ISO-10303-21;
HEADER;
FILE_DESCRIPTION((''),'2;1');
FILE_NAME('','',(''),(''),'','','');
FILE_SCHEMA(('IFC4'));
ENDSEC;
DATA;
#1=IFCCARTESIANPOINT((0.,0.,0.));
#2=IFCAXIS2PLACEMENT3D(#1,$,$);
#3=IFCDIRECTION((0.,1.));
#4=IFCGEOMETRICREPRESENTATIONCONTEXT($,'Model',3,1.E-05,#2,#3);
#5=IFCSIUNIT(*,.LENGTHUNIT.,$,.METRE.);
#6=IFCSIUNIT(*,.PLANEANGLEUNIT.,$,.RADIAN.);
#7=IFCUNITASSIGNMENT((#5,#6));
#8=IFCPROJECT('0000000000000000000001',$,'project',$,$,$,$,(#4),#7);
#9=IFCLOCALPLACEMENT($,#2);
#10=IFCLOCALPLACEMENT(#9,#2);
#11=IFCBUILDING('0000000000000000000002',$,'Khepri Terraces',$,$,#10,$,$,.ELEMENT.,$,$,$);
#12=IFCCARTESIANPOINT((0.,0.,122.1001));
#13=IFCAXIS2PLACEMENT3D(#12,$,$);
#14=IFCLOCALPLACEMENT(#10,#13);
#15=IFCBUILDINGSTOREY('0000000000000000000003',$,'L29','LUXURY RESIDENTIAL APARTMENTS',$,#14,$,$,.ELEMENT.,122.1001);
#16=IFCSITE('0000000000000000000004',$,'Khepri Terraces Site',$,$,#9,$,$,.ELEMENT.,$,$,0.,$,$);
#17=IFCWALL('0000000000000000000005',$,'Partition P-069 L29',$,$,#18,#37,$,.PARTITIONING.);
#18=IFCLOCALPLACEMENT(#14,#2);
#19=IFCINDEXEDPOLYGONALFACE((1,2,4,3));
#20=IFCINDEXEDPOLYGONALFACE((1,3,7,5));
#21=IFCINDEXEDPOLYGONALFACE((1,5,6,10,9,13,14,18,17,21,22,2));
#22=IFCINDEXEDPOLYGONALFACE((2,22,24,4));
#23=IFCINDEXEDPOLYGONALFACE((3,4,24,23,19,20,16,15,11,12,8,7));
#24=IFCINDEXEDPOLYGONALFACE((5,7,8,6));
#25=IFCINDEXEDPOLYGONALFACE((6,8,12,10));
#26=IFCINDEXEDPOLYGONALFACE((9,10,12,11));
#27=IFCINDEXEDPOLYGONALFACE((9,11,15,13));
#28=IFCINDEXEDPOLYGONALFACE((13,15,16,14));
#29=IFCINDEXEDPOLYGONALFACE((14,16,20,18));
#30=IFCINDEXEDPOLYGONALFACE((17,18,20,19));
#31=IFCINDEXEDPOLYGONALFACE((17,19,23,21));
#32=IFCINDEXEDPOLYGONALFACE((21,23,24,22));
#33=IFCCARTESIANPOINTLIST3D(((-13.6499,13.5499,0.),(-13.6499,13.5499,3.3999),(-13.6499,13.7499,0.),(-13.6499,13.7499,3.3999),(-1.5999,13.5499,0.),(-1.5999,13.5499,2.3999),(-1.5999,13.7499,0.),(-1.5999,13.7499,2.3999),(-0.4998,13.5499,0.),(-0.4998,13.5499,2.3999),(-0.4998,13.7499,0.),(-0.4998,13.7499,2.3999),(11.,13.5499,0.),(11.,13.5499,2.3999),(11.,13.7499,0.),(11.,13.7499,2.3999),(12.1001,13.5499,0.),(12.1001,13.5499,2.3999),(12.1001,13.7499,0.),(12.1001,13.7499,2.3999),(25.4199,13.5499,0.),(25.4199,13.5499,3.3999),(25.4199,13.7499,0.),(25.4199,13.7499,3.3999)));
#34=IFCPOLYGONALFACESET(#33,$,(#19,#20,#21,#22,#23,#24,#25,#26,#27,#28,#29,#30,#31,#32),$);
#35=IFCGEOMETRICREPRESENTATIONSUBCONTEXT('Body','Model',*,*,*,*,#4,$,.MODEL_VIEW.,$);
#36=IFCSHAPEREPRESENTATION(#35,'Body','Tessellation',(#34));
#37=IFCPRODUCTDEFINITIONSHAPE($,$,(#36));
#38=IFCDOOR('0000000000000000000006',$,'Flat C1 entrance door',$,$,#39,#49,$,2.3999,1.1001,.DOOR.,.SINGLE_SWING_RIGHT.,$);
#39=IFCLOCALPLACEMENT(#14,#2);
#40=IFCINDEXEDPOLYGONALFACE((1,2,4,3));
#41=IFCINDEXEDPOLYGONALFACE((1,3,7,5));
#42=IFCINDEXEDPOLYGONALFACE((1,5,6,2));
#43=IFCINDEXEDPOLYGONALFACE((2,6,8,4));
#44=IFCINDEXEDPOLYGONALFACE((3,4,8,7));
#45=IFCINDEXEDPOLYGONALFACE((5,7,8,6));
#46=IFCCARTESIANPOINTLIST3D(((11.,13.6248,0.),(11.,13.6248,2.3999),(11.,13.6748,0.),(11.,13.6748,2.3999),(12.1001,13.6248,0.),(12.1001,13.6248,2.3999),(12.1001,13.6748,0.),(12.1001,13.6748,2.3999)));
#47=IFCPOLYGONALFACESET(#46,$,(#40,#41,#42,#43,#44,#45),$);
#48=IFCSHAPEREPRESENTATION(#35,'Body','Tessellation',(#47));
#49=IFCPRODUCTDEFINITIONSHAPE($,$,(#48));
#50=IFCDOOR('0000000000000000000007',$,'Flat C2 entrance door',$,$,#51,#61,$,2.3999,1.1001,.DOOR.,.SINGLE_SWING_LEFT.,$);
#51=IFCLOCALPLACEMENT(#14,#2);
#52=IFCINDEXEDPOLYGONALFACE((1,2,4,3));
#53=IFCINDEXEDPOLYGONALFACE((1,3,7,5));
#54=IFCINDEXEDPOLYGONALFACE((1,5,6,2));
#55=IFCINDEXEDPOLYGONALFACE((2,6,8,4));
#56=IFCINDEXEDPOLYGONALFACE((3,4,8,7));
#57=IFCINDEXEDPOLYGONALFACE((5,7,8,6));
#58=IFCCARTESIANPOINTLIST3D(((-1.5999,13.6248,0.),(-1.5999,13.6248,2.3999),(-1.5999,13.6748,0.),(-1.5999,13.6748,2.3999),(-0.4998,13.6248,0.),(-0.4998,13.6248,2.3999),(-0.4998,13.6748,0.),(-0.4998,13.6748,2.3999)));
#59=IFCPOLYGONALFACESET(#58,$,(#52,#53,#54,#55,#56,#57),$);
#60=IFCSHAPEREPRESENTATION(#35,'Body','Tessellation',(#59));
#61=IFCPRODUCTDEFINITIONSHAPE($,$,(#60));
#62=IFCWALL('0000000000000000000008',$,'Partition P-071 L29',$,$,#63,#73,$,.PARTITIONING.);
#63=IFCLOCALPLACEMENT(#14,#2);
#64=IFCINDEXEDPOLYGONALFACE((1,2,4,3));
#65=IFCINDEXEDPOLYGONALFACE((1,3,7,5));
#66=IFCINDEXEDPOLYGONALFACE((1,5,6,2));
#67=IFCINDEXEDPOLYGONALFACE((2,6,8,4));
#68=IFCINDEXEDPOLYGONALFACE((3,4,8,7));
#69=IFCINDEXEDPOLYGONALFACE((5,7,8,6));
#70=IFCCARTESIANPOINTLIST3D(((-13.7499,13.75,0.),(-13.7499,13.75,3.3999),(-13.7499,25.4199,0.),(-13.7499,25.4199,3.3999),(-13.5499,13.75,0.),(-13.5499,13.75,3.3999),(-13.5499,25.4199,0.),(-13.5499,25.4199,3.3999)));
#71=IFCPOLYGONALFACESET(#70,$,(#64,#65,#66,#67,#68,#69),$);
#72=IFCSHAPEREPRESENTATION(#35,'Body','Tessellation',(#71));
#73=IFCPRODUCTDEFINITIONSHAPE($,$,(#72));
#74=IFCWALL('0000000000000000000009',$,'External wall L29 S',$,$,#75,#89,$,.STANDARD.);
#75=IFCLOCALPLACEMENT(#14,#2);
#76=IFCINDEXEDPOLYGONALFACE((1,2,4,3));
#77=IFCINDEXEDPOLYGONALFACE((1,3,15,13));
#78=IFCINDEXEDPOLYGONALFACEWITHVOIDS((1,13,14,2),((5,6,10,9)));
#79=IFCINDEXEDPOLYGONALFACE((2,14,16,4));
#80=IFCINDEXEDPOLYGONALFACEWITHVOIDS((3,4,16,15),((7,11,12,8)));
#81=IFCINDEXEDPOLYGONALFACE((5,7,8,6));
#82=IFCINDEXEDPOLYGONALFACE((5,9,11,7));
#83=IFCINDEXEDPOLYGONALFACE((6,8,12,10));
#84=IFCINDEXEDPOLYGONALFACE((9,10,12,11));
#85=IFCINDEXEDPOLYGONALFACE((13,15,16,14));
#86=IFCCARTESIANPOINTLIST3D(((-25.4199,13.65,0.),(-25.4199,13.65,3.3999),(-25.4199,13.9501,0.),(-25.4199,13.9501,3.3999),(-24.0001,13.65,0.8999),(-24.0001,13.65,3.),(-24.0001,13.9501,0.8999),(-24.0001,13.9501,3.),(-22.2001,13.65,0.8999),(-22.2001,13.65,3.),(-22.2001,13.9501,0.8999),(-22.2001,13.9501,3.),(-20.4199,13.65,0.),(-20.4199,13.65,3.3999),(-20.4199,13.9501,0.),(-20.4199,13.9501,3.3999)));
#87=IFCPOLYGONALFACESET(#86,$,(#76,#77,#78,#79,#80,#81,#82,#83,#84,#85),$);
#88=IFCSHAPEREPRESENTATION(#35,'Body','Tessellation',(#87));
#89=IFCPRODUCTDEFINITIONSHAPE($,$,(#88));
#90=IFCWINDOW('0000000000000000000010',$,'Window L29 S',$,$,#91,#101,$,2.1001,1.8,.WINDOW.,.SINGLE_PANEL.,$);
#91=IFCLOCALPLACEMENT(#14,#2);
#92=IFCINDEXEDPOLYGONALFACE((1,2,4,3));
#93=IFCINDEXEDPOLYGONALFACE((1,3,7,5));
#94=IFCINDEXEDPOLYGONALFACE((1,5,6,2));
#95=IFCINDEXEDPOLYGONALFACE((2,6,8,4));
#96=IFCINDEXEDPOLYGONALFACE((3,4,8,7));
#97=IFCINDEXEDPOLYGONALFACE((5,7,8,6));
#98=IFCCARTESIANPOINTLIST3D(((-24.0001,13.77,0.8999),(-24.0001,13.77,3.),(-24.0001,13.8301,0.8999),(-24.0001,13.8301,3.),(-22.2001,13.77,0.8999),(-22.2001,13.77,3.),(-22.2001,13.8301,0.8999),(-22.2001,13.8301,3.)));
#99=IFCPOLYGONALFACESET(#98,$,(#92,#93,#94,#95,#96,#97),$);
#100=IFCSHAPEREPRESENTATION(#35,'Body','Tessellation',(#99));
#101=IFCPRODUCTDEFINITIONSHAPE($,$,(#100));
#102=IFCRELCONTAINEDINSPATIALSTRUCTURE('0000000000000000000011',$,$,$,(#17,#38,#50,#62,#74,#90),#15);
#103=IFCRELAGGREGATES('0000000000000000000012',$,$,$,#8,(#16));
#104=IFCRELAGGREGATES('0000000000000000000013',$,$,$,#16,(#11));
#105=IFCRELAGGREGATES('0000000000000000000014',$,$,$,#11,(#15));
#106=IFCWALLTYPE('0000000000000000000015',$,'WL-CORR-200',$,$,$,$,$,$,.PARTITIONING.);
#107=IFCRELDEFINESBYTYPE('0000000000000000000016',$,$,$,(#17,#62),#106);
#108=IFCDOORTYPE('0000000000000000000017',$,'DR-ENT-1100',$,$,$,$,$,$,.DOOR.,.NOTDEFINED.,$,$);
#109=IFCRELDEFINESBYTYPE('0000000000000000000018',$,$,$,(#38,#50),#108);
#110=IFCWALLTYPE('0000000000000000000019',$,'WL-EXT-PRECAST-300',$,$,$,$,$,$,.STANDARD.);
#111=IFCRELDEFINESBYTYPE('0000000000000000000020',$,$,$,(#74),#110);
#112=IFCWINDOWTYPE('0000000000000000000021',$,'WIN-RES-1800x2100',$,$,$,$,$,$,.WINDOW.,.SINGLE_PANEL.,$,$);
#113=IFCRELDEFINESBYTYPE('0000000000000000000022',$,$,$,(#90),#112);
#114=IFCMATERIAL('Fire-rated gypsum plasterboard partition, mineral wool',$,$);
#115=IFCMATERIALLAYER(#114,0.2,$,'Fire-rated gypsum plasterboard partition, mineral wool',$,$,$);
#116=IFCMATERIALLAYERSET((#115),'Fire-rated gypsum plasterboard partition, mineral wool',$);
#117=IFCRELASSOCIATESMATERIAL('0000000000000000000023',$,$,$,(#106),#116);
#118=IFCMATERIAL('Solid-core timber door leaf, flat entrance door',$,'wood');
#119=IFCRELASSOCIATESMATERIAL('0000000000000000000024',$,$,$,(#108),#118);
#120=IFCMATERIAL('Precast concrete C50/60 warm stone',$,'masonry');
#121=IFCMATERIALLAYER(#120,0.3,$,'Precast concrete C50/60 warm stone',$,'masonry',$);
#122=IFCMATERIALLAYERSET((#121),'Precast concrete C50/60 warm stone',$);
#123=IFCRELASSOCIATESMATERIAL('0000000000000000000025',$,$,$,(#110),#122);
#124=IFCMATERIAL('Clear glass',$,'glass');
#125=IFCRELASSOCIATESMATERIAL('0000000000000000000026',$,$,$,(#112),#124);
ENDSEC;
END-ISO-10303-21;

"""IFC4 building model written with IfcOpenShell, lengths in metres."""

from ifc_helpers import new_model, si_unit, direction, frame, frame_2d, origin, place, context, subcontext, project, spatial, rectangle, extrude, material, layer, layer_set, type_object, element, fill, save


model = new_model("IFC4")

# Units and contexts
model_context = context("Model", 3, precision=1e-05, world=origin(), true_north=direction((0.0, 1.0)))
body_context = subcontext(model_context, "Body", "Model", "MODEL_VIEW")
ifc_project = project(units=[si_unit("LENGTHUNIT", "METRE"), si_unit("PLANEANGLEUNIT", "RADIAN")], contexts=[model_context])

# Site, building, storey
site_placement = place(None, origin())
site = spatial("IfcSite", under=ifc_project, at=site_placement, Name="Khepri Terraces Site", CompositionType="ELEMENT", RefElevation=0.0)
building_placement = place(site_placement, origin())
building = spatial("IfcBuilding", under=site, at=building_placement, Name="Khepri Terraces", CompositionType="ELEMENT")
storey_placement = place(building_placement, frame((0.0, 0.0, 122.1001)))
storey = spatial("IfcBuildingStorey", under=building, at=storey_placement, Name="L29", Description="LUXURY RESIDENTIAL APARTMENTS", CompositionType="ELEMENT", Elevation=122.1001)

# Wall, openings, doors
ifc_material_1 = material(Name="Fire-rated gypsum plasterboard partition, mineral wool")
ifc_layer_1 = layer(ifc_material_1, 0.2, Name="Fire-rated gypsum plasterboard partition, mineral wool")
ifc_layer_set_1 = layer_set([ifc_layer_1], Name="Fire-rated gypsum plasterboard partition, mineral wool")
wall_type_1 = type_object("IfcWallType", Name="WL-CORR-200", PredefinedType="PARTITIONING", material=ifc_layer_set_1)
wall_1_placement = place(storey_placement, frame((-13.6499, 13.6499, 0.0), z_axis=(0.0, 0.0, 1.0), x_axis=(1.0, 0.0, 0.0)))
wall_1 = element("IfcWall", 1, at=wall_1_placement, inside=storey, type_object=wall_type_1, Name="Partition P-069 L29", PredefinedType="PARTITIONING", context=body_context, shape_type="SweptSolid", body=[
    extrude(rectangle(XDim=39.0698, YDim=0.2, at=frame_2d((19.5349, 0.0))), origin(), (0.0, 0.0, 1.0), 3.3999),
])
opening_1_placement = place(wall_1_placement, frame((24.6499, 0.0, 0.0)))
opening_1 = element("IfcOpeningElement", 2, at=opening_1_placement, cuts=wall_1, PredefinedType="OPENING", context=body_context, shape_type="SweptSolid", body=[
    extrude(rectangle(XDim=1.1001, YDim=2.3999, at=frame_2d((0.55, 1.2))), frame((0.0, 0.1099, 0.0), z_axis=(0.0, -1.0, 0.0), x_axis=(1.0, 0.0, 0.0)), (0.0, 0.0, 1.0), 0.22),
])
opening_2_placement = place(wall_1_placement, frame((12.05, 0.0, 0.0)))
opening_2 = element("IfcOpeningElement", 3, at=opening_2_placement, cuts=wall_1, PredefinedType="OPENING", context=body_context, shape_type="SweptSolid", body=[
    extrude(rectangle(XDim=1.1001, YDim=2.3999, at=frame_2d((0.55, 1.2))), frame((0.0, 0.1099, 0.0), z_axis=(0.0, -1.0, 0.0), x_axis=(1.0, 0.0, 0.0)), (0.0, 0.0, 1.0), 0.22),
])
ifc_material_2 = material(Name="Solid-core timber door leaf, flat entrance door", Category="wood")
door_type_1 = type_object("IfcDoorType", Name="DR-ENT-1100", OperationType="NOTDEFINED", PredefinedType="DOOR", material=ifc_material_2)
door_1_placement = place(opening_1_placement, origin())
door_1 = element("IfcDoor", 4, at=door_1_placement, inside=storey, type_object=door_type_1, Name="Flat C1 entrance door", OperationType="SINGLE_SWING_RIGHT", OverallHeight=2.3999, OverallWidth=1.1001, PredefinedType="DOOR", context=body_context, shape_type="SweptSolid", body=[
    extrude(rectangle(XDim=1.1001, YDim=2.3999, at=frame_2d((0.55, 1.2))), frame((0.0, 0.0249, 0.0), z_axis=(0.0, -1.0, 0.0), x_axis=(1.0, 0.0, 0.0)), (0.0, 0.0, 1.0), 0.05),
])
fill(opening_1, door_1)
door_2_placement = place(opening_2_placement, origin())
door_2 = element("IfcDoor", 5, at=door_2_placement, inside=storey, type_object=door_type_1, Name="Flat C2 entrance door", OperationType="SINGLE_SWING_LEFT", OverallHeight=2.3999, OverallWidth=1.1001, PredefinedType="DOOR", context=body_context, shape_type="SweptSolid", body=[
    extrude(rectangle(XDim=1.1001, YDim=2.3999, at=frame_2d((0.55, 1.2))), frame((0.0, 0.0249, 0.0), z_axis=(0.0, -1.0, 0.0), x_axis=(1.0, 0.0, 0.0)), (0.0, 0.0, 1.0), 0.05),
])
fill(opening_2, door_2)

# Wall
wall_2_placement = place(storey_placement, frame((-13.6499, 13.75, 0.0), z_axis=(0.0, 0.0, 1.0), x_axis=(0.0, 1.0, 0.0)))
element("IfcWall", 6, at=wall_2_placement, inside=storey, type_object=wall_type_1, Name="Partition P-071 L29", PredefinedType="PARTITIONING", context=body_context, shape_type="SweptSolid", body=[
    extrude(rectangle(XDim=11.6699, YDim=0.2, at=frame_2d((5.835, 0.0))), origin(), (0.0, 0.0, 1.0), 3.3999),
])

# Wall, opening, window
ifc_material_3 = material(Name="Precast concrete C50/60 warm stone", Category="masonry")
ifc_layer_2 = layer(ifc_material_3, 0.3, Name="Precast concrete C50/60 warm stone", Category="masonry")
ifc_layer_set_2 = layer_set([ifc_layer_2], Name="Precast concrete C50/60 warm stone")
wall_type_2 = type_object("IfcWallType", Name="WL-EXT-PRECAST-300", PredefinedType="STANDARD", material=ifc_layer_set_2)
wall_3_placement = place(storey_placement, frame((-25.4199, 13.8, 0.0), z_axis=(0.0, 0.0, 1.0), x_axis=(1.0, 0.0, 0.0)))
wall_3 = element("IfcWall", 7, at=wall_3_placement, inside=storey, type_object=wall_type_2, Name="External wall L29 S", PredefinedType="STANDARD", context=body_context, shape_type="SweptSolid", body=[
    extrude(rectangle(XDim=5.0, YDim=0.3, at=frame_2d((2.5, 0.0))), origin(), (0.0, 0.0, 1.0), 3.3999),
])
opening_3_placement = place(wall_3_placement, frame((1.4199, 0.0, 0.8999)))
opening_3 = element("IfcOpeningElement", 8, at=opening_3_placement, cuts=wall_3, PredefinedType="OPENING", context=body_context, shape_type="SweptSolid", body=[
    extrude(rectangle(XDim=1.8, YDim=2.1001, at=frame_2d((0.8999, 1.05))), frame((0.0, 0.1602, 0.0), z_axis=(0.0, -1.0, 0.0), x_axis=(1.0, 0.0, 0.0)), (0.0, 0.0, 1.0), 0.3201),
])
ifc_material_4 = material(Name="Clear glass", Category="glass")
window_type_1 = type_object("IfcWindowType", Name="WIN-RES-1800x2100", PartitioningType="SINGLE_PANEL", PredefinedType="WINDOW", material=ifc_material_4)
window_1_placement = place(opening_3_placement, origin())
window_1 = element("IfcWindow", 9, at=window_1_placement, inside=storey, type_object=window_type_1, Name="Window L29 S", OverallHeight=2.1001, OverallWidth=1.8, PartitioningType="SINGLE_PANEL", PredefinedType="WINDOW", context=body_context, shape_type="SweptSolid", body=[
    extrude(rectangle(XDim=1.8, YDim=2.1001, at=frame_2d((0.8999, 1.05))), frame((0.0, 0.03, 0.0), z_axis=(0.0, -1.0, 0.0), x_axis=(1.0, 0.0, 0.0)), (0.0, 0.0, 1.0), 0.0601),
])
fill(opening_3, window_1)

save(model, "model.ifc")
